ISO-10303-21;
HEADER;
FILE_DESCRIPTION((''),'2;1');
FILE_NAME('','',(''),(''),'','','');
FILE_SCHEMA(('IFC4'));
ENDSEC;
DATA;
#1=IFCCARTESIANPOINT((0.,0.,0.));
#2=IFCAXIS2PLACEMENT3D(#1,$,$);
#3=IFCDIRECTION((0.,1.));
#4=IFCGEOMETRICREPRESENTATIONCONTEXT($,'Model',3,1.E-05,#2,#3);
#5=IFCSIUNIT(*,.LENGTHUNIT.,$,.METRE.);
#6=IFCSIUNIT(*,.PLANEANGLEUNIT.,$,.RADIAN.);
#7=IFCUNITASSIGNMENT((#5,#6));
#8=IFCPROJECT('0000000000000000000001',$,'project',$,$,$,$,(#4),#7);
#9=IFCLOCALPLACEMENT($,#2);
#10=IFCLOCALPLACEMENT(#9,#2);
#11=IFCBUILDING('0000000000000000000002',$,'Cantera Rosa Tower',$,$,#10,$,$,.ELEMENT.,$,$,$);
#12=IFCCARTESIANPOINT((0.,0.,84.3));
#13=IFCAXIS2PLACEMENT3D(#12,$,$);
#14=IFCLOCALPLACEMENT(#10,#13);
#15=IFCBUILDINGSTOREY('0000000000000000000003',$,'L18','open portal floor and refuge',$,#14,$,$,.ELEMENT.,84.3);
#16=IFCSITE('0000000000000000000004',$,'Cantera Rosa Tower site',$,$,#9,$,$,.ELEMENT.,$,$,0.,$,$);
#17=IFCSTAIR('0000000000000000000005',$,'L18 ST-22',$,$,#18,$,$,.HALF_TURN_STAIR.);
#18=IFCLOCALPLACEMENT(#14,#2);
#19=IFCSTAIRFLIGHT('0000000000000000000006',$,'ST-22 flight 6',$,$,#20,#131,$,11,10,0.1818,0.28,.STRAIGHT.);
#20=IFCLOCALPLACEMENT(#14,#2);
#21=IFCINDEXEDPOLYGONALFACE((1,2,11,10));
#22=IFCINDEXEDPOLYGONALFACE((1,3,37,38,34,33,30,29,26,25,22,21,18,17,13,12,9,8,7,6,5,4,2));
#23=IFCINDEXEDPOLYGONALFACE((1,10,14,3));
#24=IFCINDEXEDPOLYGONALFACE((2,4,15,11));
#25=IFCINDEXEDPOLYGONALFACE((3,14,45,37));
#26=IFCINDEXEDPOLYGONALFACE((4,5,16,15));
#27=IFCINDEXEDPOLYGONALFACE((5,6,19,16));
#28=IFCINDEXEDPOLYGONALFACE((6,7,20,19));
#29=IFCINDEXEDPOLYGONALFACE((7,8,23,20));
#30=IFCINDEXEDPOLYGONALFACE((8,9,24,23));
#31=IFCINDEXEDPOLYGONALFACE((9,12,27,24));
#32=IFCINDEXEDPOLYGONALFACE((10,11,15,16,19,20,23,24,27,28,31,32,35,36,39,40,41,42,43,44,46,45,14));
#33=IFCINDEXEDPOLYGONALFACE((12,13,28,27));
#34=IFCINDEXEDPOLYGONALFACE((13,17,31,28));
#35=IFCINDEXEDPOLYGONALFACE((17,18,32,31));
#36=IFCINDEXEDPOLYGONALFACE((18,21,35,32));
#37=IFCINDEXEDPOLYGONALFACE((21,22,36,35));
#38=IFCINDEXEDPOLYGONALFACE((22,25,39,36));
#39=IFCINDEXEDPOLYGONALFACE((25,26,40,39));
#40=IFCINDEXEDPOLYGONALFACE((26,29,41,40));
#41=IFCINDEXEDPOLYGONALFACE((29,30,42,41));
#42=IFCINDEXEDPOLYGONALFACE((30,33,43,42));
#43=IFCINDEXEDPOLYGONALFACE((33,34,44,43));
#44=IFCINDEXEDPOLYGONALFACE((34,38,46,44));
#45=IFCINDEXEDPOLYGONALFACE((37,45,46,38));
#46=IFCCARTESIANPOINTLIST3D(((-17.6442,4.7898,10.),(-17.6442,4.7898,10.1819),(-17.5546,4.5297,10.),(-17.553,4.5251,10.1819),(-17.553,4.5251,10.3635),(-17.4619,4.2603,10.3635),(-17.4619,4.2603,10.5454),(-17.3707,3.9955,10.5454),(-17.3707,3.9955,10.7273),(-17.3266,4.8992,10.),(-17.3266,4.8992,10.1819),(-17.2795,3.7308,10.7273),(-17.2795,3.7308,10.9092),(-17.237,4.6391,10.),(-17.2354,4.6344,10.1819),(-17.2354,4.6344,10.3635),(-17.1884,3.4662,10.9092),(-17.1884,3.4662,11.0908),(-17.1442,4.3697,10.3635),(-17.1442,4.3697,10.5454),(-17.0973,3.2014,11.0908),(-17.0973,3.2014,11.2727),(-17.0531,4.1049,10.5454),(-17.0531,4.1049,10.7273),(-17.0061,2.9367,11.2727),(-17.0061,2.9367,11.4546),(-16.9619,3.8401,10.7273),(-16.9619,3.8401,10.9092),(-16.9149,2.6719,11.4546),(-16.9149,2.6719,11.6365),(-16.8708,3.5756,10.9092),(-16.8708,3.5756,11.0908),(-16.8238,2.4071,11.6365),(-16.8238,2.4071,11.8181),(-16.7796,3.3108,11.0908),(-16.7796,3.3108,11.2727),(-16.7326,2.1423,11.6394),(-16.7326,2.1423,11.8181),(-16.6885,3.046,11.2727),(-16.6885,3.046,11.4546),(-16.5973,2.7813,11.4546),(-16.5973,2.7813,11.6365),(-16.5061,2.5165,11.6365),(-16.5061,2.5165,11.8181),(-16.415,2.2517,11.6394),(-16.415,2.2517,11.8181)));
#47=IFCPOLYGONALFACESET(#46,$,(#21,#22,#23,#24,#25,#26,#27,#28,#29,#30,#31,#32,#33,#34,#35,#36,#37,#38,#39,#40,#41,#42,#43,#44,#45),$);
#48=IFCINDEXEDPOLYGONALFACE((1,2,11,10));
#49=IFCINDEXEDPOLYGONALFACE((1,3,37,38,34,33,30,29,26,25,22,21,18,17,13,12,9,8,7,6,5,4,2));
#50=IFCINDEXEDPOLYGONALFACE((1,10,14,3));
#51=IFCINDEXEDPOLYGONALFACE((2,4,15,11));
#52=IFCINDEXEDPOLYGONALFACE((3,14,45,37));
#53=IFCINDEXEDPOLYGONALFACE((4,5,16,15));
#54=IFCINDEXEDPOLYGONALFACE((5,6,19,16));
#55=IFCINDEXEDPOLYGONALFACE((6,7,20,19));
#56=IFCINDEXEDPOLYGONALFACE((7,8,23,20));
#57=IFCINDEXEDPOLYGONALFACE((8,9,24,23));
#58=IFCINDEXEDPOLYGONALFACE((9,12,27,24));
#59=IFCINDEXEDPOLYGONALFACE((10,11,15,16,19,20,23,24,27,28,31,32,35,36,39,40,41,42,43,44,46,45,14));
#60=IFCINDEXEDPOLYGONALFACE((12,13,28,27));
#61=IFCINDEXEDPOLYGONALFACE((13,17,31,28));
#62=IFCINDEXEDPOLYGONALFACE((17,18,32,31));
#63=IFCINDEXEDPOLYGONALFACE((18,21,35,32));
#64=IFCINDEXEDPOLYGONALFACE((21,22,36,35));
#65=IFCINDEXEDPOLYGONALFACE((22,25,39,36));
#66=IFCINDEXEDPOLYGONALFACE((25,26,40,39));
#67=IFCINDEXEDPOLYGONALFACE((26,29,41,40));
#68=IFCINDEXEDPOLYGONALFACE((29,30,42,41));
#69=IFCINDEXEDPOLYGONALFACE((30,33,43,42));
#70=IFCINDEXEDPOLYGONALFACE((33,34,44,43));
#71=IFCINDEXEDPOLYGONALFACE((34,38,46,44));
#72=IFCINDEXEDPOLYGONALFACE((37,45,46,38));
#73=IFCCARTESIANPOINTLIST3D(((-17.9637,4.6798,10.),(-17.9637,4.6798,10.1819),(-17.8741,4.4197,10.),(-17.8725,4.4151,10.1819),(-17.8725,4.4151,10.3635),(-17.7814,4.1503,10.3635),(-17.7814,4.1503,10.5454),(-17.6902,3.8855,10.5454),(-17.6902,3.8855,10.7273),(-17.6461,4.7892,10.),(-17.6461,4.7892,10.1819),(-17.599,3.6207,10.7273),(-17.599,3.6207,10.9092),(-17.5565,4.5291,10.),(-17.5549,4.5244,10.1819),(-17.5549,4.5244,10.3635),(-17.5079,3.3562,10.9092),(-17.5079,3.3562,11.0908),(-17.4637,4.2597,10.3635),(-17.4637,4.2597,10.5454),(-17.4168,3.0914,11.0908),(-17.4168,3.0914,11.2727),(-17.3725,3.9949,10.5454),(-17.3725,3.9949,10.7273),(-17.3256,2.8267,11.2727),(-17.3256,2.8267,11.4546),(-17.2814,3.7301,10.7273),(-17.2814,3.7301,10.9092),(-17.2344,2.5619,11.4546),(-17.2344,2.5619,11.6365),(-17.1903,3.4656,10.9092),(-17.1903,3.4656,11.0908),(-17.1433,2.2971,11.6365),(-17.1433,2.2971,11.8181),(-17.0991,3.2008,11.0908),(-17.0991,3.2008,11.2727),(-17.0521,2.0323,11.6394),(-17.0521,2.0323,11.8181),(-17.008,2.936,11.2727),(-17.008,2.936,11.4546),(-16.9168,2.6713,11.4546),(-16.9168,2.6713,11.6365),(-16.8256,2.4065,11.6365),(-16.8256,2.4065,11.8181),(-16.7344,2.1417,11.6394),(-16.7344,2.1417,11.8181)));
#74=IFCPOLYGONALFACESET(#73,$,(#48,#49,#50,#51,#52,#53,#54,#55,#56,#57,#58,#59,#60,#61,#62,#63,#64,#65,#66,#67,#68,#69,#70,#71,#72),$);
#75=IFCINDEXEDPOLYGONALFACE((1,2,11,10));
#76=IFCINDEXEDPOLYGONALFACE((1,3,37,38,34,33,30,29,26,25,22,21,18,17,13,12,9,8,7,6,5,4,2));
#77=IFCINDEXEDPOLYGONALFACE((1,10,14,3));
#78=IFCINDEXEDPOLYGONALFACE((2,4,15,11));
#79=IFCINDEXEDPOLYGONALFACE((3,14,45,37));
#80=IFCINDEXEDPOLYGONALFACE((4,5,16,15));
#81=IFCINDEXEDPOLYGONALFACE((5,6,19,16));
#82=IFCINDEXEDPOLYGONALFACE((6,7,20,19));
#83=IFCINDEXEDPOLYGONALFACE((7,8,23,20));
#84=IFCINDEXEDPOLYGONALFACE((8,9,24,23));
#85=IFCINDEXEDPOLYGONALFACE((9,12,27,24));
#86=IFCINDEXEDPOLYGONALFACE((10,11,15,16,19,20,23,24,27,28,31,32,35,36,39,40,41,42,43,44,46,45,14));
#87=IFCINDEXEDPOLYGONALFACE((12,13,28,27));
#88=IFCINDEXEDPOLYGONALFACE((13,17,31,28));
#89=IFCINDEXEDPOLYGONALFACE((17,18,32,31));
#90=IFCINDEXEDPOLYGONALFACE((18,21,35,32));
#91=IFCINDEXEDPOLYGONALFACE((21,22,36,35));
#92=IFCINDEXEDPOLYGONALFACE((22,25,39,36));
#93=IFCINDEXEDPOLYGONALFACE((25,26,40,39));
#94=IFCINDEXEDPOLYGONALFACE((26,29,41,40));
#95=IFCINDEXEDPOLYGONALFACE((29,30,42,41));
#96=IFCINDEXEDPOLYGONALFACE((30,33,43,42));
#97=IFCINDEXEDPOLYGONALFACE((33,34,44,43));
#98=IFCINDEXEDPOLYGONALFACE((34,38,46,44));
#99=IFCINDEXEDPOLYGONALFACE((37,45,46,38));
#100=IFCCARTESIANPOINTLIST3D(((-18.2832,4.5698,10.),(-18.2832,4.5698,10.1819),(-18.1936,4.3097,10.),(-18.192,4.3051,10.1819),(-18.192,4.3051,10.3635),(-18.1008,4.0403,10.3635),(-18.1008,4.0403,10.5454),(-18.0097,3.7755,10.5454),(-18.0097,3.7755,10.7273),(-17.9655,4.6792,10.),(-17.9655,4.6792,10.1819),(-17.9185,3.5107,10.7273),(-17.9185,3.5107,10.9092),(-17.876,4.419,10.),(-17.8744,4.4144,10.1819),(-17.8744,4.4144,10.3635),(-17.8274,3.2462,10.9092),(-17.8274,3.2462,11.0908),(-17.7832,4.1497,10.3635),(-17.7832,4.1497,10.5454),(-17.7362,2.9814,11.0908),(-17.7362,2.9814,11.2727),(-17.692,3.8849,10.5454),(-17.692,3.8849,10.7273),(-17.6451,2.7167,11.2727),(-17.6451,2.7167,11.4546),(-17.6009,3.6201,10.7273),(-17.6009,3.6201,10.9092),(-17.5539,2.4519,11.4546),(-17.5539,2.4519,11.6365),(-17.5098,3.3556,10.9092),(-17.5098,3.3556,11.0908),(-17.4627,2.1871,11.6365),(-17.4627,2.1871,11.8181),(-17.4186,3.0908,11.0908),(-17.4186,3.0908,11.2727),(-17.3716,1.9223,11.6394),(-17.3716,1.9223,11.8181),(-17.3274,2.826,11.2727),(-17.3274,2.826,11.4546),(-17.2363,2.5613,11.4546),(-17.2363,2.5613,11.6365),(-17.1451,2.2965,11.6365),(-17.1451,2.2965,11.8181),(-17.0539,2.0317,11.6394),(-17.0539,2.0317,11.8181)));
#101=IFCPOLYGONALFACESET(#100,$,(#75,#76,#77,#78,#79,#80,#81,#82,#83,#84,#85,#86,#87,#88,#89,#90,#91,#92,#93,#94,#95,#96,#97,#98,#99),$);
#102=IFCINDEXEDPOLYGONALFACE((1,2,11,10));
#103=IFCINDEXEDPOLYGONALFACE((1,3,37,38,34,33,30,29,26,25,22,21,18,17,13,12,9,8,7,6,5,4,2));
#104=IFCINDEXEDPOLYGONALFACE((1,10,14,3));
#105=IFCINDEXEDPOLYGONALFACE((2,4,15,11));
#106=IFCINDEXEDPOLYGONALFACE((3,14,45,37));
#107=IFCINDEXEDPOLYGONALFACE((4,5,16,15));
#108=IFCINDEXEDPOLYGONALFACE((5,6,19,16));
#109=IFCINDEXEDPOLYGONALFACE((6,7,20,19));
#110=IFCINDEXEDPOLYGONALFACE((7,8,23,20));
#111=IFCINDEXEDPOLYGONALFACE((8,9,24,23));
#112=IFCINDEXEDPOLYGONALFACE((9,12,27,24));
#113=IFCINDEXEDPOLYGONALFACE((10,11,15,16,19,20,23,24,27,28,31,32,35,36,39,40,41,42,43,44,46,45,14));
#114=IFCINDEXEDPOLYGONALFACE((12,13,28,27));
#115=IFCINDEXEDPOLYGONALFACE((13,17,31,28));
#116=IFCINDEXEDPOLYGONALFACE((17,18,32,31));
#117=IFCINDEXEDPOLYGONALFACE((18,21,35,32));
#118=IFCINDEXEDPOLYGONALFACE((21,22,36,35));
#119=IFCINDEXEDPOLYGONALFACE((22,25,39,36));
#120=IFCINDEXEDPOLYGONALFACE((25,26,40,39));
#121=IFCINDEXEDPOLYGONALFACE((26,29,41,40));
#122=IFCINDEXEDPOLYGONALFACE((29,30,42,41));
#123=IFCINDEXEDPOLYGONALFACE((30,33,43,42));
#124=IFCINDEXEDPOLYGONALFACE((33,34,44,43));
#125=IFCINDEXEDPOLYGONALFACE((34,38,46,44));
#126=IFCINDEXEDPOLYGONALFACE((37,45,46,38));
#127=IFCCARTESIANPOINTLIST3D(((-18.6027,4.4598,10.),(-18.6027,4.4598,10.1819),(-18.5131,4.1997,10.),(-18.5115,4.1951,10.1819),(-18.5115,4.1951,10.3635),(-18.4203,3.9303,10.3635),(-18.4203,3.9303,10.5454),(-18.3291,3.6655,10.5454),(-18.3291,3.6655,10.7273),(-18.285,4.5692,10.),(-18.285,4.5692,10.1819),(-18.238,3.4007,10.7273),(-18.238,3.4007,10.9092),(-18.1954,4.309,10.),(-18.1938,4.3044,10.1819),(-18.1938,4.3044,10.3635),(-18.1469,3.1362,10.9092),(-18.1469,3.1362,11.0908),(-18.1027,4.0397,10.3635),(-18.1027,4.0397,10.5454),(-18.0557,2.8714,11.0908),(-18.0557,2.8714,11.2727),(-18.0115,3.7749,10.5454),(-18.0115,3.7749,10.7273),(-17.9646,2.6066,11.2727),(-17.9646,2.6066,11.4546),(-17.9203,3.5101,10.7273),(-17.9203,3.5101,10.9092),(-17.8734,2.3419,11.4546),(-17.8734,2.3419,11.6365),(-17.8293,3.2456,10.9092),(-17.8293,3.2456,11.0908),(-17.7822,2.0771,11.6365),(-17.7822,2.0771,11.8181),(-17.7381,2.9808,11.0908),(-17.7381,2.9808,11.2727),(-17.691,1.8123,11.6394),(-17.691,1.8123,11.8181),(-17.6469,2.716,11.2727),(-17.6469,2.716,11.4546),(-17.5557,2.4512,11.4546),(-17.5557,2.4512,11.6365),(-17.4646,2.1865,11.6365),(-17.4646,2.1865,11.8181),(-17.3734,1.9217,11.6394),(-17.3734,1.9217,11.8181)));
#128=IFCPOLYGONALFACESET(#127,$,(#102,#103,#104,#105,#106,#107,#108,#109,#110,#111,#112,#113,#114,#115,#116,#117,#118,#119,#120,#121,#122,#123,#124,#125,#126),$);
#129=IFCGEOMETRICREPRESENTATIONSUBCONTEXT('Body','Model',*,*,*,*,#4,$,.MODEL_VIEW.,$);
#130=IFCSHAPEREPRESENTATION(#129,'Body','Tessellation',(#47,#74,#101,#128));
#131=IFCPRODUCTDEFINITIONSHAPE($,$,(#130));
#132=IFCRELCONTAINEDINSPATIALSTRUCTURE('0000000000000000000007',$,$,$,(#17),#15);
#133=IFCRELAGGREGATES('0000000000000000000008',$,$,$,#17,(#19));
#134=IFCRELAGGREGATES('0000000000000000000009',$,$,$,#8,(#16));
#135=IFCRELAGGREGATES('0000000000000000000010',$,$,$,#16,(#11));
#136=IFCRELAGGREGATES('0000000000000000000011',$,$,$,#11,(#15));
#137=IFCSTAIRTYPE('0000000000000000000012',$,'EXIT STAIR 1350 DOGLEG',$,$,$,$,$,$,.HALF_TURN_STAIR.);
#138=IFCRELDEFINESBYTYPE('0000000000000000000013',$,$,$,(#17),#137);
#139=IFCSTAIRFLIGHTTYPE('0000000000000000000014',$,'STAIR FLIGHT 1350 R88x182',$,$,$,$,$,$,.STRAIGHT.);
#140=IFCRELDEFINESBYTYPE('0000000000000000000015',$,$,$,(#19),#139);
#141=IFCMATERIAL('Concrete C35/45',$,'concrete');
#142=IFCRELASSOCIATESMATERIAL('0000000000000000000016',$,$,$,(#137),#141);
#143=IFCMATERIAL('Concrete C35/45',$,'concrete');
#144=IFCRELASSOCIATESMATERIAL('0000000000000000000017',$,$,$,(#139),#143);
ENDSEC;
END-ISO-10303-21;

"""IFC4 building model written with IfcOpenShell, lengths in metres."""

from ifc_helpers import new_model, si_unit, direction, frame, origin, place, context, subcontext, project, spatial, polyline, outline, extrude, material, type_object, element, aggregate, save


model = new_model("IFC4")

# Units and contexts
model_context = context("Model", 3, precision=1e-05, world=origin(), true_north=direction((0.0, 1.0)))
body_context = subcontext(model_context, "Body", "Model", "MODEL_VIEW")
ifc_project = project(units=[si_unit("LENGTHUNIT", "METRE"), si_unit("PLANEANGLEUNIT", "RADIAN")], contexts=[model_context])

# Site, building, storey
site_placement = place(None, origin())
site = spatial("IfcSite", under=ifc_project, at=site_placement, Name="Cantera Rosa Tower site", CompositionType="ELEMENT", RefElevation=0.0)
building_placement = place(site_placement, origin())
building = spatial("IfcBuilding", under=site, at=building_placement, Name="Cantera Rosa Tower", CompositionType="ELEMENT")
storey_placement = place(building_placement, frame((0.0, 0.0, 84.3)))
storey = spatial("IfcBuildingStorey", under=building, at=storey_placement, Name="L18", Description="open portal floor and refuge", CompositionType="ELEMENT", Elevation=84.3)

# Stair, stair flight
ifc_material_1 = material(Name="Concrete C35/45", Category="concrete")
stair_type = type_object("IfcStairType", Name="EXIT STAIR 1350 DOGLEG", PredefinedType="HALF_TURN_STAIR", material=ifc_material_1)
stair_placement = place(storey_placement, origin())
stair = element("IfcStair", 1, at=stair_placement, inside=storey, type_object=stair_type, Name="L18 ST-22", PredefinedType="HALF_TURN_STAIR")
ifc_material_2 = material(Name="Concrete C35/45", Category="concrete")
stair_flight_type = type_object("IfcStairFlightType", Name="STAIR FLIGHT 1350 R88x182", PredefinedType="STRAIGHT", material=ifc_material_2)
stair_flight_1_placement = place(storey_placement, frame((-17.9648, 4.6794, 10.0), z_axis=(0.0, 0.0, 1.0), x_axis=(0.325568, -0.945519, 0.0)))
stair_flight_1 = element("IfcStairFlight", 2, at=stair_flight_1_placement, type_object=stair_flight_type, Name="ST-22 flight 6", NumberOfRisers=11, NumberOfTreads=10, PredefinedType="STRAIGHT", RiserHeight=0.1818, TreadLength=0.28, context=body_context, shape_type="SweptSolid", body=[
    extrude(outline(polyline([(0.0, 0.0), (0.0, 0.1819), (0.28, 0.1819), (0.28, 0.3635), (0.5601, 0.3635), (0.5601, 0.5454), (0.8401, 0.5454), (0.8401, 0.7273), (1.1201, 0.7273), (1.1201, 0.9092), (1.3999, 0.9092), (1.3999, 1.0908), (1.6799, 1.0908), (1.6799, 1.2727), (1.96, 1.2727), (1.96, 1.4546), (2.24, 1.4546), (2.24, 1.6365), (2.52, 1.6365), (2.52, 1.8181), (2.8, 1.8181), (2.8, 2.0), (2.8, 1.6394), (0.2751, 0.0), (0.0, 0.0)])), frame((0.0, 0.675, 0.0), z_axis=(0.0, -1.0, 0.0), x_axis=(1.0, 0.0, 0.0)), (0.0, 0.0, 1.0), 0.3359),
    extrude(outline(polyline([(0.0, 0.0), (0.0, 0.1819), (0.28, 0.1819), (0.28, 0.3635), (0.5601, 0.3635), (0.5601, 0.5454), (0.8401, 0.5454), (0.8401, 0.7273), (1.1201, 0.7273), (1.1201, 0.9092), (1.3999, 0.9092), (1.3999, 1.0908), (1.6799, 1.0908), (1.6799, 1.2727), (1.96, 1.2727), (1.96, 1.4546), (2.24, 1.4546), (2.24, 1.6365), (2.52, 1.6365), (2.52, 1.8181), (2.8, 1.8181), (2.8, 2.0), (2.8, 1.6394), (0.2751, 0.0), (0.0, 0.0)])), frame((0.0, 0.3372, 0.0), z_axis=(0.0, -1.0, 0.0), x_axis=(1.0, 0.0, 0.0)), (0.0, 0.0, 1.0), 0.3359),
    extrude(outline(polyline([(0.0, 0.0), (0.0, 0.1819), (0.28, 0.1819), (0.28, 0.3635), (0.5601, 0.3635), (0.5601, 0.5454), (0.8401, 0.5454), (0.8401, 0.7273), (1.1201, 0.7273), (1.1201, 0.9092), (1.3999, 0.9092), (1.3999, 1.0908), (1.6799, 1.0908), (1.6799, 1.2727), (1.96, 1.2727), (1.96, 1.4546), (2.24, 1.4546), (2.24, 1.6365), (2.52, 1.6365), (2.52, 1.8181), (2.8, 1.8181), (2.8, 2.0), (2.8, 1.6394), (0.2751, 0.0), (0.0, 0.0)])), frame((0.0, -0.0007, 0.0), z_axis=(0.0, -1.0, 0.0), x_axis=(1.0, 0.0, 0.0)), (0.0, 0.0, 1.0), 0.3359),
    extrude(outline(polyline([(0.0, 0.0), (0.0, 0.1819), (0.28, 0.1819), (0.28, 0.3635), (0.5601, 0.3635), (0.5601, 0.5454), (0.8401, 0.5454), (0.8401, 0.7273), (1.1201, 0.7273), (1.1201, 0.9092), (1.3999, 0.9092), (1.3999, 1.0908), (1.6799, 1.0908), (1.6799, 1.2727), (1.96, 1.2727), (1.96, 1.4546), (2.24, 1.4546), (2.24, 1.6365), (2.52, 1.6365), (2.52, 1.8181), (2.8, 1.8181), (2.8, 2.0), (2.8, 1.6394), (0.2751, 0.0), (0.0, 0.0)])), frame((0.0, -0.3386, 0.0), z_axis=(0.0, -1.0, 0.0), x_axis=(1.0, 0.0, 0.0)), (0.0, 0.0, 1.0), 0.3359),
])
aggregate(stair, [stair_flight_1])

save(model, "model.ifc")
